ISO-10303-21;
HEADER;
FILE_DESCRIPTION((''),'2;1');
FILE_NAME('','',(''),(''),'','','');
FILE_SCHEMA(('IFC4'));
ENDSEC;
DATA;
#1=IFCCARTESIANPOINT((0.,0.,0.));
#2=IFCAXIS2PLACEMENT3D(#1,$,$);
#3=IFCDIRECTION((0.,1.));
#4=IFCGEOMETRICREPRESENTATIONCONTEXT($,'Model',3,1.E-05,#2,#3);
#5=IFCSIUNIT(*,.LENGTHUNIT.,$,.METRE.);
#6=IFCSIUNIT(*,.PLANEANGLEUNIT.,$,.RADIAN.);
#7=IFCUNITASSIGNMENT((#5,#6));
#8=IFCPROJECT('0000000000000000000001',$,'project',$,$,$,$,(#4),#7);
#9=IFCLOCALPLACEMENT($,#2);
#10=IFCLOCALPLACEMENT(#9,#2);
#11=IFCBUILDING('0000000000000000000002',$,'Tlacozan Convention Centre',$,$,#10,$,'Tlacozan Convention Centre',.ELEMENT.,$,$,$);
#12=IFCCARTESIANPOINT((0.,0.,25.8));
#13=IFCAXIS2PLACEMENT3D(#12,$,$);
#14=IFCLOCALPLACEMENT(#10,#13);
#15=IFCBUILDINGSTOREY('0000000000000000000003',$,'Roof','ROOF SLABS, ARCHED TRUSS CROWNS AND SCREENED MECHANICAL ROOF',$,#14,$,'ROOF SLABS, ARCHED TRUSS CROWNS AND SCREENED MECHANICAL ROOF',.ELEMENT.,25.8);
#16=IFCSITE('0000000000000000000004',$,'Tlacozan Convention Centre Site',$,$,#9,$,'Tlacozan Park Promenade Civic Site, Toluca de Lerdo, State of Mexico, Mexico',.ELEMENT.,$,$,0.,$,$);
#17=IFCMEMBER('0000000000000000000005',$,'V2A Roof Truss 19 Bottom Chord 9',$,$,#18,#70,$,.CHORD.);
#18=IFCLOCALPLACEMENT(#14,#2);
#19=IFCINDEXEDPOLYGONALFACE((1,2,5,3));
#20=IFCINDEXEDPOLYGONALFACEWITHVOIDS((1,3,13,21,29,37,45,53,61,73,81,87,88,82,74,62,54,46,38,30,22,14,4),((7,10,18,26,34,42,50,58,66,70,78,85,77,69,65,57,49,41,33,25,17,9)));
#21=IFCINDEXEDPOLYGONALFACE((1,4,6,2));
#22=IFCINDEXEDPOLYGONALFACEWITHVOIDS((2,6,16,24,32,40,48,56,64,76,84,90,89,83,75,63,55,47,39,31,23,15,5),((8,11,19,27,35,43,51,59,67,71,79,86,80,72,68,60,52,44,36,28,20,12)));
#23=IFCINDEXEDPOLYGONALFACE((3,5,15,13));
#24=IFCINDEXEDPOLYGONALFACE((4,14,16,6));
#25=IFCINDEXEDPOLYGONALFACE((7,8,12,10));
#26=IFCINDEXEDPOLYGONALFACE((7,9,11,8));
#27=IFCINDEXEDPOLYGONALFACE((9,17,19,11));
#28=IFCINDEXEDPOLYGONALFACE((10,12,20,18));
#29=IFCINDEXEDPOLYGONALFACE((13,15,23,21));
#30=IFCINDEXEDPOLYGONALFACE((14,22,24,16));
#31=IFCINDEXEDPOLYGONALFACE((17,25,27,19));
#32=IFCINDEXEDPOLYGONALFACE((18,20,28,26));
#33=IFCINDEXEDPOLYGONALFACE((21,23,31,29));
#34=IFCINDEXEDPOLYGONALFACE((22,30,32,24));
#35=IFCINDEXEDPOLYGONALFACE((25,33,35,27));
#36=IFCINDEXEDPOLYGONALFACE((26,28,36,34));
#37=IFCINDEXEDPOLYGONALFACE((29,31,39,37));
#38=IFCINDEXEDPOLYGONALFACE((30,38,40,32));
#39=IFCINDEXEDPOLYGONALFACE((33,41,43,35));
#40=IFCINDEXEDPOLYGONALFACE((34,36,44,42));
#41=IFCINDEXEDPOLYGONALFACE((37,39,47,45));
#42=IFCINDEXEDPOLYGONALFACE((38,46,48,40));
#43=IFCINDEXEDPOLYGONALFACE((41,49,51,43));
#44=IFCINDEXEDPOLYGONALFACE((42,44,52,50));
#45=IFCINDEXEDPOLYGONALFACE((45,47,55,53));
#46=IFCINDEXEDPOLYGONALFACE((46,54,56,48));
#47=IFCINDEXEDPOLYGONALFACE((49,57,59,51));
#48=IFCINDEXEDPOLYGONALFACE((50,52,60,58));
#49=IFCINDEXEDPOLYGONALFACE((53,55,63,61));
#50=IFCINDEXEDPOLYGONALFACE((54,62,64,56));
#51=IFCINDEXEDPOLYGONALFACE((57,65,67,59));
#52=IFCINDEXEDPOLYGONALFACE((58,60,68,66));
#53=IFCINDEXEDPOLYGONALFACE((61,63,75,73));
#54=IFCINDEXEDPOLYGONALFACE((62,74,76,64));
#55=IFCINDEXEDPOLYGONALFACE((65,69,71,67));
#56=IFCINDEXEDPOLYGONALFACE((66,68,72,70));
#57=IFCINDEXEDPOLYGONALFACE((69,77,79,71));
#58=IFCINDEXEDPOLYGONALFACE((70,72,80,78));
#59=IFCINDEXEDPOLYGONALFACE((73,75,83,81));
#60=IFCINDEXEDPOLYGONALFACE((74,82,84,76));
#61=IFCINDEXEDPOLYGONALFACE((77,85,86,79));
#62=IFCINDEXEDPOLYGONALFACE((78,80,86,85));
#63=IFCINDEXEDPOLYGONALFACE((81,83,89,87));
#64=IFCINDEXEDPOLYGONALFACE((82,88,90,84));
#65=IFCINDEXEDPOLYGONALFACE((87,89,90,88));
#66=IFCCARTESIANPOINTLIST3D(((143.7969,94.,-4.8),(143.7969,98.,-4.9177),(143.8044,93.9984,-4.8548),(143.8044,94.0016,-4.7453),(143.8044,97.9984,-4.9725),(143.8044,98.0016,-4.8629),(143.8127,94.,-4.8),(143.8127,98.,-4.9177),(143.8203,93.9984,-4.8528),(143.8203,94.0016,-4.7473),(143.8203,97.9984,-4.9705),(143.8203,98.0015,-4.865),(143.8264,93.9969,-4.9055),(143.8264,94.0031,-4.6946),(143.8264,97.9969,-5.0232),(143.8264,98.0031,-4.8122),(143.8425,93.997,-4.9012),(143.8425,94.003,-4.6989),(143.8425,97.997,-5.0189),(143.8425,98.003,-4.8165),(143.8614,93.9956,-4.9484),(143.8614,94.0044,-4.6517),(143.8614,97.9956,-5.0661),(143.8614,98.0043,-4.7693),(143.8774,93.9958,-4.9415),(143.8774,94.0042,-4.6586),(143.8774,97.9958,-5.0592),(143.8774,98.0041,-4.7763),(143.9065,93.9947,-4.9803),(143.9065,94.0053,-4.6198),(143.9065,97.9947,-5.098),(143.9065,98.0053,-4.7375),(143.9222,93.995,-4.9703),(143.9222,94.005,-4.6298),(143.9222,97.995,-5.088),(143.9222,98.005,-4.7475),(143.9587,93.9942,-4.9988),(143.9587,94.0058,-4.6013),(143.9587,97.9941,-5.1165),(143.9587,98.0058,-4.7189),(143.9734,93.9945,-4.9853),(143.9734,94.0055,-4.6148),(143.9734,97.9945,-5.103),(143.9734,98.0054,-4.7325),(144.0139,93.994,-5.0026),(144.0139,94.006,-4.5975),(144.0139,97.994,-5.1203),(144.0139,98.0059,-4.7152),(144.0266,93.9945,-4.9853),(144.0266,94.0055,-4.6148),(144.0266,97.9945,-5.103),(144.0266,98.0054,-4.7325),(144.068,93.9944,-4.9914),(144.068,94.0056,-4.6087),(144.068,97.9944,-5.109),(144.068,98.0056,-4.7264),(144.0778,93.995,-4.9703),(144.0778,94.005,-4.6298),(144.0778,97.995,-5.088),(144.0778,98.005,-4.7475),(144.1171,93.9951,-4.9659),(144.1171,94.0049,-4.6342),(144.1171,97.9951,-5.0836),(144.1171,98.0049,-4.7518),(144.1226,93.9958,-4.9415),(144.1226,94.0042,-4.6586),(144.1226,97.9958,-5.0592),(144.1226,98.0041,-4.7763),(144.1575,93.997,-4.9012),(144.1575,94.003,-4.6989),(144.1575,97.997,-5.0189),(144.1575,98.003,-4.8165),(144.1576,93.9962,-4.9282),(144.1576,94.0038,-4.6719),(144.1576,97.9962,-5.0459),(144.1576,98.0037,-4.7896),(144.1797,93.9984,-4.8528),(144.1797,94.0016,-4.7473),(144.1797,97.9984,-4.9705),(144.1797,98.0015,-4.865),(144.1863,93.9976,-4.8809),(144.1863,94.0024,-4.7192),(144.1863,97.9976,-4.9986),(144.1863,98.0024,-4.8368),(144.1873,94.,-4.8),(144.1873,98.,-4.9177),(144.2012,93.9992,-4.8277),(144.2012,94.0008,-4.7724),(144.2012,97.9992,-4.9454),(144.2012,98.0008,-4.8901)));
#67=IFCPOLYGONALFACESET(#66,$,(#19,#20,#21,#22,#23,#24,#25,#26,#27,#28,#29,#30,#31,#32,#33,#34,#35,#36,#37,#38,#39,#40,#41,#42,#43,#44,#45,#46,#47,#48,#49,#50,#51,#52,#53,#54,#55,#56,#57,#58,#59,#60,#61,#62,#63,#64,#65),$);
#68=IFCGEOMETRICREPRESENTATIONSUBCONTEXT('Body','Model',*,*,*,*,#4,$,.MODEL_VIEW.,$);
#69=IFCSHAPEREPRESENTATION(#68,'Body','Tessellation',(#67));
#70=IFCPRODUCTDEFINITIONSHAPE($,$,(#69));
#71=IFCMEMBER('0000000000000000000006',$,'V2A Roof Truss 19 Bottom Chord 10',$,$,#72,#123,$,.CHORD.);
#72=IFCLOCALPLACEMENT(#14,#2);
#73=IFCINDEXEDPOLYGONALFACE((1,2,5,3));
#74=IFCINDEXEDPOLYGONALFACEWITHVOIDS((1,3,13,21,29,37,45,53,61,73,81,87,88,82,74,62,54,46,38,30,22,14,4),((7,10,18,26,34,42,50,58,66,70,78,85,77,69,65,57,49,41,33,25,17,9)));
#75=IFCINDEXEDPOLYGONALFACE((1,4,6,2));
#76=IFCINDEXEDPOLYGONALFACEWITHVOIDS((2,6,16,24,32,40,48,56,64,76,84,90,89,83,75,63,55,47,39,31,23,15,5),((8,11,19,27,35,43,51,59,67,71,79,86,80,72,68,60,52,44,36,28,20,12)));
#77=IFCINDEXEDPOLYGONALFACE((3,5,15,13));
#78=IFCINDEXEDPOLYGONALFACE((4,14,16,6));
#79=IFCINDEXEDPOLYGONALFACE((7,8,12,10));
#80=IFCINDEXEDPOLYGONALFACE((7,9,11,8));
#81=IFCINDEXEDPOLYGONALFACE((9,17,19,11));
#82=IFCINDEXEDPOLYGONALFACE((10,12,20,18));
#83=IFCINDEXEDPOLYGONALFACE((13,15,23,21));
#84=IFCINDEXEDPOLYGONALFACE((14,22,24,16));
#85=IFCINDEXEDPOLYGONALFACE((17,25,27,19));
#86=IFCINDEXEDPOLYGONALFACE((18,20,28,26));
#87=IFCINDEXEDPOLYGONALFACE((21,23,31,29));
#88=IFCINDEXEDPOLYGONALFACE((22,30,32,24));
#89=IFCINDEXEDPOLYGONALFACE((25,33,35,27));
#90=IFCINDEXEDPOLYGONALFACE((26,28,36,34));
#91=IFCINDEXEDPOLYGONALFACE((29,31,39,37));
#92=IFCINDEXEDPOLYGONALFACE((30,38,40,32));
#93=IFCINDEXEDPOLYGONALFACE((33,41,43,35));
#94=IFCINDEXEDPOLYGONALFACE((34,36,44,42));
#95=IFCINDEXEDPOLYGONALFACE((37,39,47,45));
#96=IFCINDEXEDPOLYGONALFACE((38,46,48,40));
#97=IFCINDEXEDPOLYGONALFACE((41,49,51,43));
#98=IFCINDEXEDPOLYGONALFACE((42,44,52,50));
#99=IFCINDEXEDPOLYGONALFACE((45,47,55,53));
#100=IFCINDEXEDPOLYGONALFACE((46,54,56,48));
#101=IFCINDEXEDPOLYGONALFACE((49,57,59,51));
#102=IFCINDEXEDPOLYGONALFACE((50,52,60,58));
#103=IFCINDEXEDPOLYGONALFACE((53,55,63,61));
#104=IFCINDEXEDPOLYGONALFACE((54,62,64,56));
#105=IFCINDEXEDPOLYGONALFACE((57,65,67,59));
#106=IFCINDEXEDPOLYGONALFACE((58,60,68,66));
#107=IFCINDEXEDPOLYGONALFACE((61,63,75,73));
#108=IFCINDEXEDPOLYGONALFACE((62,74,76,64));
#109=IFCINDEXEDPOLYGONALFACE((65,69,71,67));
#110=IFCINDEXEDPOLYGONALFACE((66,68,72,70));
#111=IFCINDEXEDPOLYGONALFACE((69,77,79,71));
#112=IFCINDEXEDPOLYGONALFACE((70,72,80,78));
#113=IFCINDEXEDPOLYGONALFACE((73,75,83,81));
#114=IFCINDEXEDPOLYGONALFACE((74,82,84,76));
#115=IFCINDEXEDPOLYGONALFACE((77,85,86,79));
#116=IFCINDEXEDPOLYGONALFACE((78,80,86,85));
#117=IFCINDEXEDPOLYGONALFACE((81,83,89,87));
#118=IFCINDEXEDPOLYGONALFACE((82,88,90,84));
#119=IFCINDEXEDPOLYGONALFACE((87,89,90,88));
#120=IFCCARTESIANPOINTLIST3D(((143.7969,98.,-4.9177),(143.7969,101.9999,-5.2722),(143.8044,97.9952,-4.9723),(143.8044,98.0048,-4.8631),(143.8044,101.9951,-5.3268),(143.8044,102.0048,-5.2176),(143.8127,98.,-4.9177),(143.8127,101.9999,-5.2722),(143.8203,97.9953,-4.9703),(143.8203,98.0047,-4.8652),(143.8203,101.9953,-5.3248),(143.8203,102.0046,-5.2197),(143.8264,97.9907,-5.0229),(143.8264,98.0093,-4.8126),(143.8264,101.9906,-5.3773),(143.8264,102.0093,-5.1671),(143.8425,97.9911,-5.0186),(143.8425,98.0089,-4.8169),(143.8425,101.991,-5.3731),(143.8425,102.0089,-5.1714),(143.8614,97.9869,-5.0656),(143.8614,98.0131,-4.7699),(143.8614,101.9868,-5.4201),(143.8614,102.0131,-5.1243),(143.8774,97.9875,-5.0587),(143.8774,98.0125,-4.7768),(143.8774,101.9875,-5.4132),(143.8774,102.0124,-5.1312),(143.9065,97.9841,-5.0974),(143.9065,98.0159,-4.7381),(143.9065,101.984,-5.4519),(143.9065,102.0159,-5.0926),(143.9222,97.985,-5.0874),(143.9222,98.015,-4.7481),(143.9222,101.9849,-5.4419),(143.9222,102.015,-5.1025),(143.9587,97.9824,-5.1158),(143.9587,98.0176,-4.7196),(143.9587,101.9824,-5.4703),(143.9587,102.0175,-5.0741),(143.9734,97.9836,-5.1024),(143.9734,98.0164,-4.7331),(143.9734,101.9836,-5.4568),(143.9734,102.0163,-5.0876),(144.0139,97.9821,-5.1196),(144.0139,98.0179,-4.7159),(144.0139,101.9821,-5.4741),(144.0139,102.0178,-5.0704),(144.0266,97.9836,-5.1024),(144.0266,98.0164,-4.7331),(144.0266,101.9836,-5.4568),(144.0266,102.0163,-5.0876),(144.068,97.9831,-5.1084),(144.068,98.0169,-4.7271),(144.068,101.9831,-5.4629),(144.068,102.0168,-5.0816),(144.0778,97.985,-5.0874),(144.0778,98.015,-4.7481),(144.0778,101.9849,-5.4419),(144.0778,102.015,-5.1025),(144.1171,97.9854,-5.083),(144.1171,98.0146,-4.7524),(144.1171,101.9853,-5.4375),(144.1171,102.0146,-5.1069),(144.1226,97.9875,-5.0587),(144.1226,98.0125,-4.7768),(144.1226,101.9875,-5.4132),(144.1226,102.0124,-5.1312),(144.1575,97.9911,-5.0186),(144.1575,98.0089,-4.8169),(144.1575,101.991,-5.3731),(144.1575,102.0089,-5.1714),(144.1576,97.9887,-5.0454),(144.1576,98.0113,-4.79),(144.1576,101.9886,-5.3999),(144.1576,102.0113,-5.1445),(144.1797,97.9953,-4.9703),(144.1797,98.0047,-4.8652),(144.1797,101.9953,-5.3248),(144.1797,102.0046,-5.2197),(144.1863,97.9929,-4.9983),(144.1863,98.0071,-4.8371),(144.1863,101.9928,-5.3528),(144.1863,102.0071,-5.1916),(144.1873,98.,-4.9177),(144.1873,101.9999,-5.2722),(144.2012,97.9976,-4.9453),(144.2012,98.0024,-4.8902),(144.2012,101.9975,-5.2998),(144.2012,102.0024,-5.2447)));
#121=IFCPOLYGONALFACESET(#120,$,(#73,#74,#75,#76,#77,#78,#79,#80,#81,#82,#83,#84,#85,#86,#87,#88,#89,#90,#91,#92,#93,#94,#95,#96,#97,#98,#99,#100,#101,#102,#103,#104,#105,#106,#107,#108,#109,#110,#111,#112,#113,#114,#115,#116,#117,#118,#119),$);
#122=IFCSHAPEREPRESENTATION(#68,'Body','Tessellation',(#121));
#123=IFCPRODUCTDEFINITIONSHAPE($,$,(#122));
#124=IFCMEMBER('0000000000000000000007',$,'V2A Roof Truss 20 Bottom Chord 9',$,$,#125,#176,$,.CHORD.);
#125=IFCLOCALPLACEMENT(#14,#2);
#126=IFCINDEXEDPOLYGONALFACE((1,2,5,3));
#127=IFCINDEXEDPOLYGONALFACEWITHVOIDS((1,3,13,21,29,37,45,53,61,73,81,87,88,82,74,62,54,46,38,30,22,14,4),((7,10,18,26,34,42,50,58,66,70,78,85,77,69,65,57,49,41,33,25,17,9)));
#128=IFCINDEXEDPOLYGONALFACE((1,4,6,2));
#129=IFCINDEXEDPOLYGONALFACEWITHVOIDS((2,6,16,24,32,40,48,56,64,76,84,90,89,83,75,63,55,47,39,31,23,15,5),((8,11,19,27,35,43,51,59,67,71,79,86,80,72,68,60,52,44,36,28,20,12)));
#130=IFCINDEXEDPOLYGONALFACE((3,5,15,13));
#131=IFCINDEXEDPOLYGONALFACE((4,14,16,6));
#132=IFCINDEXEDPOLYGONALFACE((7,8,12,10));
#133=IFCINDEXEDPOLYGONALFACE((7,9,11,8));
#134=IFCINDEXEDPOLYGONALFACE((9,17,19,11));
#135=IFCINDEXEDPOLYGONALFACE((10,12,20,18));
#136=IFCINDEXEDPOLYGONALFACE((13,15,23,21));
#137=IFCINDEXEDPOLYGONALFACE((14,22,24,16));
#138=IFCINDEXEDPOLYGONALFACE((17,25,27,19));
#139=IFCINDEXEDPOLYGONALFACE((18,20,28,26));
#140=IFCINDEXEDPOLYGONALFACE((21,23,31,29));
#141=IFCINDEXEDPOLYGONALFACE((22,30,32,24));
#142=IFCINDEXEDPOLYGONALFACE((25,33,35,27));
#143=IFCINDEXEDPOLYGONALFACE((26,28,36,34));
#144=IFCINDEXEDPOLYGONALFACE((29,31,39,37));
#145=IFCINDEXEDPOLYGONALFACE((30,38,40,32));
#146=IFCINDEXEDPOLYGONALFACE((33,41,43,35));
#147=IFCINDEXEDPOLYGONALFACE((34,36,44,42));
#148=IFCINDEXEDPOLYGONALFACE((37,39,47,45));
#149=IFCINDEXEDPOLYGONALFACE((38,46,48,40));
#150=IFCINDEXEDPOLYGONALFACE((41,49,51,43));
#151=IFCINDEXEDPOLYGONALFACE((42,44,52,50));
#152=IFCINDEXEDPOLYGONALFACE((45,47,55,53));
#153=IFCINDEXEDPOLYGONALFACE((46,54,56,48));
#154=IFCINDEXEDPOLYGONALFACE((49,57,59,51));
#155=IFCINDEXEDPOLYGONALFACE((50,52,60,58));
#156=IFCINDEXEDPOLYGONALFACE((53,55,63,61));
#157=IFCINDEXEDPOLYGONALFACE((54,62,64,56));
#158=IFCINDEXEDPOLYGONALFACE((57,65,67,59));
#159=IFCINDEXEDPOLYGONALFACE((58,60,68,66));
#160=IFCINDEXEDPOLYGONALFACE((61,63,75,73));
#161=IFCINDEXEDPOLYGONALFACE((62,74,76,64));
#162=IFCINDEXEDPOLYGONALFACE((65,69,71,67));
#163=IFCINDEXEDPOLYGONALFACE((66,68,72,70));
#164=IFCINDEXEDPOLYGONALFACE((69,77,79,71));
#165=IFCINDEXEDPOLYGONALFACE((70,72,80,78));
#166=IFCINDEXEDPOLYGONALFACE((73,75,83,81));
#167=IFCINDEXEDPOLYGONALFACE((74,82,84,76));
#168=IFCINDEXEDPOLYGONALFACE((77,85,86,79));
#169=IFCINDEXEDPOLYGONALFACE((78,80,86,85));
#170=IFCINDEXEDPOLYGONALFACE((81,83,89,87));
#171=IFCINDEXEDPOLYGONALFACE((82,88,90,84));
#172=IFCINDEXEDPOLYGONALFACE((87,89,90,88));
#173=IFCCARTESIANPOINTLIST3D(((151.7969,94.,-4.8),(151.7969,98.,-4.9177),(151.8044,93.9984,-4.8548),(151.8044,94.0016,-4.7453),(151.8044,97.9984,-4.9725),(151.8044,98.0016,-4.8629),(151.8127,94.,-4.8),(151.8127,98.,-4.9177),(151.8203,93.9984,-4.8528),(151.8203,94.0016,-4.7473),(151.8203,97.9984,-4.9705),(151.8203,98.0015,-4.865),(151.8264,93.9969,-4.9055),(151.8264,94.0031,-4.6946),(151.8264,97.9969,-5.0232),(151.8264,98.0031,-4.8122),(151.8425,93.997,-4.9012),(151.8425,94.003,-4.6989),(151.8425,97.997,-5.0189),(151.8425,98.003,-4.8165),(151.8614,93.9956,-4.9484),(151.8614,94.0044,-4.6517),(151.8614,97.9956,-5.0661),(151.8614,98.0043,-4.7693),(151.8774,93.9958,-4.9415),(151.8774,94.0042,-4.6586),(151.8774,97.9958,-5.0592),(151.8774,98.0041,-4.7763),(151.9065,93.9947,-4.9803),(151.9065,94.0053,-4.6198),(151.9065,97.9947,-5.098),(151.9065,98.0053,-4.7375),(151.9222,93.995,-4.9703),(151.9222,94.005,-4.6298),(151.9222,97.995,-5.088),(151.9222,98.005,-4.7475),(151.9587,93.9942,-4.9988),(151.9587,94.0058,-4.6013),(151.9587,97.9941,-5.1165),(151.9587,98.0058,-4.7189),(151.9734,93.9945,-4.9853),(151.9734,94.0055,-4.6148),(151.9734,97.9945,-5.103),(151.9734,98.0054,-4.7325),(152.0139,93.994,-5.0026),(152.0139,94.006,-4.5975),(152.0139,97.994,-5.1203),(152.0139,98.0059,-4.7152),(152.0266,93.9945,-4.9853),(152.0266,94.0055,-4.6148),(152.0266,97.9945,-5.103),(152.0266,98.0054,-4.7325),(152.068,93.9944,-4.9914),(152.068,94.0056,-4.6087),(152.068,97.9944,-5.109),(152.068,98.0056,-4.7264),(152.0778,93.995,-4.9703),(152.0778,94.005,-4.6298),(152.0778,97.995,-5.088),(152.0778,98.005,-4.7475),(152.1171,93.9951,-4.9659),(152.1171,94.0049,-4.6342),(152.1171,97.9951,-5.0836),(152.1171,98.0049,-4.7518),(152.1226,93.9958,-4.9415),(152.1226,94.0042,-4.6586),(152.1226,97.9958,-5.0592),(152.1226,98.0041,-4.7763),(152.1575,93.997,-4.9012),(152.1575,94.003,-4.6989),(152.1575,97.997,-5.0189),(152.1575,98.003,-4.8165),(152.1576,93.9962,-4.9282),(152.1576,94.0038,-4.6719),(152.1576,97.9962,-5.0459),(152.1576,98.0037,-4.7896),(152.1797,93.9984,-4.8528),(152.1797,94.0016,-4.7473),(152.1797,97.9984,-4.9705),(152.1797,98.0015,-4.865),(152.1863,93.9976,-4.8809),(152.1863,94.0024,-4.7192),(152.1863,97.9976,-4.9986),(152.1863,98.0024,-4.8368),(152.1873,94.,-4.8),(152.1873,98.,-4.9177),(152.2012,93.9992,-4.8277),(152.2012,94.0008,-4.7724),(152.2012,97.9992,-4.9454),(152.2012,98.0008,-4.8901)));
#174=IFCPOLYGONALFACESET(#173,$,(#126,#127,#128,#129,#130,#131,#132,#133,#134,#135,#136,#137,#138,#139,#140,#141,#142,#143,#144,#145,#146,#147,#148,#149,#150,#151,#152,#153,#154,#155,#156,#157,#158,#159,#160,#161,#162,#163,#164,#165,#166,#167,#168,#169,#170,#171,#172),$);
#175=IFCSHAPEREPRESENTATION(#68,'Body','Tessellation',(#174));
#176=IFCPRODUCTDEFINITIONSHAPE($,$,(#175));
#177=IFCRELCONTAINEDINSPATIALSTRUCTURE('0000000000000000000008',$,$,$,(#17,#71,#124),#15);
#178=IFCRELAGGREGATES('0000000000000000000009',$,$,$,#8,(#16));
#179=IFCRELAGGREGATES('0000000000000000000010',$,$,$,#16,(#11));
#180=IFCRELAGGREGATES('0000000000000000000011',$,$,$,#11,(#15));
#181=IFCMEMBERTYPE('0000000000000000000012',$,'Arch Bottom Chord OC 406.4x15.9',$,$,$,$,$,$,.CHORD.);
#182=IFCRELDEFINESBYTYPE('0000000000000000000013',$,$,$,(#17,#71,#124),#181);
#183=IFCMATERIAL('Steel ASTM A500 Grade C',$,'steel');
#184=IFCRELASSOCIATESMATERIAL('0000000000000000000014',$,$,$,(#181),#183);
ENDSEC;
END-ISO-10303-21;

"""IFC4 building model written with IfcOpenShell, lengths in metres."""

from ifc_helpers import new_model, si_unit, direction, frame, origin, origin_2d, place, context, subcontext, project, spatial, hollow_circle, extrude, material, material_profile, profile_set, type_object, element, save


model = new_model("IFC4")

# Units and contexts
model_context = context("Model", 3, precision=1e-05, world=origin(), true_north=direction((0.0, 1.0)))
body_context = subcontext(model_context, "Body", "Model", "MODEL_VIEW")
ifc_project = project(units=[si_unit("LENGTHUNIT", "METRE"), si_unit("PLANEANGLEUNIT", "RADIAN")], contexts=[model_context])

# Site, building, storey
site_placement = place(None, origin())
site = spatial("IfcSite", under=ifc_project, at=site_placement, Name="Tlacozan Convention Centre Site", LongName="Tlacozan Park Promenade Civic Site, Toluca de Lerdo, State of Mexico, Mexico", CompositionType="ELEMENT", RefElevation=0.0)
building_placement = place(site_placement, origin())
building = spatial("IfcBuilding", under=site, at=building_placement, Name="Tlacozan Convention Centre", LongName="Tlacozan Convention Centre", CompositionType="ELEMENT")
storey_placement = place(building_placement, frame((0.0, 0.0, 25.8)))
storey = spatial("IfcBuildingStorey", under=building, at=storey_placement, Name="Roof", Description="ROOF SLABS, ARCHED TRUSS CROWNS AND SCREENED MECHANICAL ROOF", LongName="ROOF SLABS, ARCHED TRUSS CROWNS AND SCREENED MECHANICAL ROOF", CompositionType="ELEMENT", Elevation=25.8)

# Members
ifc_material_1 = material(Name="Steel ASTM A500 Grade C", Category="steel")
ifc_material_profile_1 = material_profile(ifc_material_1, hollow_circle(Radius=0.2031, WallThickness=0.0159, at=origin_2d()), Name="OC 406.4x15.9")
ifc_profile_set_1 = profile_set([ifc_material_profile_1], Name="Steel ASTM A500 Grade C")
member_type_1 = type_object("IfcMemberType", Name="Arch Bottom Chord OC 406.4x15.9", PredefinedType="CHORD", material=ifc_profile_set_1)
member_1_placement = place(storey_placement, frame((144.0, 94.0, -4.8), z_axis=(0.0, 0.999568, -0.029406), x_axis=(-1.0, 0.0, 0.0)))
element("IfcMember", 1, at=member_1_placement, inside=storey, type_object=member_type_1, Name="V2A Roof Truss 19 Bottom Chord 9", PredefinedType="CHORD", context=body_context, shape_type="SweptSolid", body=[
    extrude(hollow_circle(Radius=0.2031, WallThickness=0.0159, at=origin_2d()), origin(), (0.0, 0.0, 1.0), 4.0017),
])
member_2_placement = place(storey_placement, frame((144.0, 98.0, -4.9177), z_axis=(0.0, 0.996096, -0.088277), x_axis=(-1.0, 0.0, 0.0)))
element("IfcMember", 2, at=member_2_placement, inside=storey, type_object=member_type_1, Name="V2A Roof Truss 19 Bottom Chord 10", PredefinedType="CHORD", context=body_context, shape_type="SweptSolid", body=[
    extrude(hollow_circle(Radius=0.2031, WallThickness=0.0159, at=origin_2d()), origin(), (0.0, 0.0, 1.0), 4.0156),
])
member_3_placement = place(storey_placement, frame((152.0, 94.0, -4.8), z_axis=(0.0, 0.999568, -0.029406), x_axis=(-1.0, 0.0, 0.0)))
element("IfcMember", 3, at=member_3_placement, inside=storey, type_object=member_type_1, Name="V2A Roof Truss 20 Bottom Chord 9", PredefinedType="CHORD", context=body_context, shape_type="SweptSolid", body=[
    extrude(hollow_circle(Radius=0.2031, WallThickness=0.0159, at=origin_2d()), origin(), (0.0, 0.0, 1.0), 4.0017),
])

save(model, "model.ifc")
